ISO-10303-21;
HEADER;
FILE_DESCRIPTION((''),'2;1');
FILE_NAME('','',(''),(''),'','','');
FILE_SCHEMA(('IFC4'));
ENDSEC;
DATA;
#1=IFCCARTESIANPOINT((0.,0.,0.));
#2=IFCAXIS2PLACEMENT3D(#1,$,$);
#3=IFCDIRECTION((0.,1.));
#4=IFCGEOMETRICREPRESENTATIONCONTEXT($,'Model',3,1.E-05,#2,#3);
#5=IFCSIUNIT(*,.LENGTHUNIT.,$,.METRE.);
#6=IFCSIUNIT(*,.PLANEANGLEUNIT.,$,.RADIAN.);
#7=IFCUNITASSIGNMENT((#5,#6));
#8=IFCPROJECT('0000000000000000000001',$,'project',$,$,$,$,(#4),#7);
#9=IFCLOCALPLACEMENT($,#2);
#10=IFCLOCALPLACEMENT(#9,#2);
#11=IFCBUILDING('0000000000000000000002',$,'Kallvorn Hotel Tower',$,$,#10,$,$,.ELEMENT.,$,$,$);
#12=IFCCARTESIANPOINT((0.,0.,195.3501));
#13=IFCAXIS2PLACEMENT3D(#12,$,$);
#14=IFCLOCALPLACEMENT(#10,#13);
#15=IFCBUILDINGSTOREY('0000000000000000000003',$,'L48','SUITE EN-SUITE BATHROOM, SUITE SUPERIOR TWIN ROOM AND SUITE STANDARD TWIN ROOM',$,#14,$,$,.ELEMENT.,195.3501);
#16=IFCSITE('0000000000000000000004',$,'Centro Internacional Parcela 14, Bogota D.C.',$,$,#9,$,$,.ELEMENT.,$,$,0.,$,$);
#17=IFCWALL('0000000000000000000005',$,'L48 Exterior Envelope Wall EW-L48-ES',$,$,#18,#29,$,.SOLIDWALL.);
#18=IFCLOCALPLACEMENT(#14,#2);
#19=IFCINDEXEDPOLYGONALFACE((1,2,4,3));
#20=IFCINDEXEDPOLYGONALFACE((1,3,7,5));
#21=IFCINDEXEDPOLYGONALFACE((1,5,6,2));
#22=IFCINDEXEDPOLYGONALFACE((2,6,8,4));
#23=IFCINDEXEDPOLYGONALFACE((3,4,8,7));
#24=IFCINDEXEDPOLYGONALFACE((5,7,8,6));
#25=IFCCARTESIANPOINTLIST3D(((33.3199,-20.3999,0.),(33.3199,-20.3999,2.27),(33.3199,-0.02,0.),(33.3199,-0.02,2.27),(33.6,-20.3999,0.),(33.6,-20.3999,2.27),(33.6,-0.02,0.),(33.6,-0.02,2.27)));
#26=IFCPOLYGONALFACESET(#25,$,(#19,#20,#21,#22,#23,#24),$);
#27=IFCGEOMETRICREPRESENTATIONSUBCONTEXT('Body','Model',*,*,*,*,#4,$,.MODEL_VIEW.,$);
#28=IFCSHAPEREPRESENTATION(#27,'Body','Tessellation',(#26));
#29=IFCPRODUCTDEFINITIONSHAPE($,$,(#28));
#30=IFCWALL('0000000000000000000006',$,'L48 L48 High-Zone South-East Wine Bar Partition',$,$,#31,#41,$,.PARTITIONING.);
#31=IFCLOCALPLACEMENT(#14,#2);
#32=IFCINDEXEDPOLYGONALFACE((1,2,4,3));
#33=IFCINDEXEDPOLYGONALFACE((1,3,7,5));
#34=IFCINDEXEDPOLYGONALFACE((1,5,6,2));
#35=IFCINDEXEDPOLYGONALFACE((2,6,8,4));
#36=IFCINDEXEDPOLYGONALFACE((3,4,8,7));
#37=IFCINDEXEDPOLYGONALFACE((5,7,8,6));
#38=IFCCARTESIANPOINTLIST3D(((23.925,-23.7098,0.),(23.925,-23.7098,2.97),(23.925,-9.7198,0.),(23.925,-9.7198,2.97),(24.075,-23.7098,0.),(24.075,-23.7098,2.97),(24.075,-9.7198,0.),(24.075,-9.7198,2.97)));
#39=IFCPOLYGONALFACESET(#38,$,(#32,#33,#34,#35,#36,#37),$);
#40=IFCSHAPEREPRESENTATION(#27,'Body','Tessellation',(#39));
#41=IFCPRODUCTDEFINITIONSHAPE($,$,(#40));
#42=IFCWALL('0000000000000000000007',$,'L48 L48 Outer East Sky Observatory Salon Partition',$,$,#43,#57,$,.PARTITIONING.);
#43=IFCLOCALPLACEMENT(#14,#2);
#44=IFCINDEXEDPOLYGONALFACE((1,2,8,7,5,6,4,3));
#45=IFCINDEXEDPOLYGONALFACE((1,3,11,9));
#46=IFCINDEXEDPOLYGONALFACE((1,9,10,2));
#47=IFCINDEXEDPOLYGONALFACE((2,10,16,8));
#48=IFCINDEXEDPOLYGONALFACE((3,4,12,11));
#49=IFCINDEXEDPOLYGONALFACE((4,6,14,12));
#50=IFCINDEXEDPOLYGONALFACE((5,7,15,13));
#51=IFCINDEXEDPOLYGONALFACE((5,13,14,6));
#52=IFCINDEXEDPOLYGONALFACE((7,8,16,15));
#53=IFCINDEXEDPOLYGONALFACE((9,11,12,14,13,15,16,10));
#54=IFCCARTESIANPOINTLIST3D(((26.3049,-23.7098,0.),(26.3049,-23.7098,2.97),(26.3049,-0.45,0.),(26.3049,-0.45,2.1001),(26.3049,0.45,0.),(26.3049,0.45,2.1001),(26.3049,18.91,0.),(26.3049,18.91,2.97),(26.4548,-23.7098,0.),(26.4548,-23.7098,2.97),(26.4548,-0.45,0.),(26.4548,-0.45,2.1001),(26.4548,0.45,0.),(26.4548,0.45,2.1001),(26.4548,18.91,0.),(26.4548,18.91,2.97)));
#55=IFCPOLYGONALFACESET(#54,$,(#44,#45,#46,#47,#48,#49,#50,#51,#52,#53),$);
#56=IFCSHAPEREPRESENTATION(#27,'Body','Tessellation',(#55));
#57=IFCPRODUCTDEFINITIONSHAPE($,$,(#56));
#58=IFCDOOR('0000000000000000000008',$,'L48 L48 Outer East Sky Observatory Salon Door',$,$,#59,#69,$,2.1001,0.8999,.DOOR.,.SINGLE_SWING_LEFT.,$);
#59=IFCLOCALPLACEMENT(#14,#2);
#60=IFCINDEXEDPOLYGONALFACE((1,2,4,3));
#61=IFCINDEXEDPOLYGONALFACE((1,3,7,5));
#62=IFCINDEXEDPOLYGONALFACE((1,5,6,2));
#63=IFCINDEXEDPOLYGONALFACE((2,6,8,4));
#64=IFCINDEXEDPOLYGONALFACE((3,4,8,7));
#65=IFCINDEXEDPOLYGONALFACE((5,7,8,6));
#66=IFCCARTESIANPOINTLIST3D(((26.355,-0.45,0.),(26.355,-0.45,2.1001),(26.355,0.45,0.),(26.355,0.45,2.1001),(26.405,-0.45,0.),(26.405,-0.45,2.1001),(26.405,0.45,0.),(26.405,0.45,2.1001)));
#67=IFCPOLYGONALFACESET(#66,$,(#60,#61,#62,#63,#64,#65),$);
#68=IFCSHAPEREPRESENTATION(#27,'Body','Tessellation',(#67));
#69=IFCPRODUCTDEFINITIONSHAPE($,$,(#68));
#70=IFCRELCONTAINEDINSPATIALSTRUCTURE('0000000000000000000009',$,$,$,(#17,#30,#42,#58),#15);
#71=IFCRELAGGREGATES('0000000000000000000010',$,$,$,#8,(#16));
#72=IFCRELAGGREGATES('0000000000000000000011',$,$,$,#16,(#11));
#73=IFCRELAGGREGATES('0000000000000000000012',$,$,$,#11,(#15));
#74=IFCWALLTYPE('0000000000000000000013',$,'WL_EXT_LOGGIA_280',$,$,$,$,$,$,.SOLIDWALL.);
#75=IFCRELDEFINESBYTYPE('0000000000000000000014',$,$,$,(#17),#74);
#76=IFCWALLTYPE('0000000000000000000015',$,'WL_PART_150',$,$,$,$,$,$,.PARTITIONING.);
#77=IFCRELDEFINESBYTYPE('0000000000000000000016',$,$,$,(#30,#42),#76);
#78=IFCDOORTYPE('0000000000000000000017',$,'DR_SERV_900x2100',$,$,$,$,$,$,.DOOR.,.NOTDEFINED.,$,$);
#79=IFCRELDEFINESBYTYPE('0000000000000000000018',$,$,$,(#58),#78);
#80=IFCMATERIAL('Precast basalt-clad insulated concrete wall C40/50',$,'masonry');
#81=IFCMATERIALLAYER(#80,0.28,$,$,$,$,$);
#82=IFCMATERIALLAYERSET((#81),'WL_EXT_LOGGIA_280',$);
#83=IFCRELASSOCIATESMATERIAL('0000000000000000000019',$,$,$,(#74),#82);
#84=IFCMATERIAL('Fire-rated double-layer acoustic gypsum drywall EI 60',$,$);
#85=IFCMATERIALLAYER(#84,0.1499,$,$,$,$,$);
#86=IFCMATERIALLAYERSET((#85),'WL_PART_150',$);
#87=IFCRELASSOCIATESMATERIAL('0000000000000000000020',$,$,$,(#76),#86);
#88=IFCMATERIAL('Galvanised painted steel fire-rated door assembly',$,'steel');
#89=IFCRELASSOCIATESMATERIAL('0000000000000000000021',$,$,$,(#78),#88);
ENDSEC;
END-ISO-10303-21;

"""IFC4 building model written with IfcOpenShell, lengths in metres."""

from ifc_helpers import new_model, si_unit, direction, frame, frame_2d, origin, place, context, subcontext, project, spatial, rectangle, extrude, material, layer, layer_set, type_object, element, fill, save


model = new_model("IFC4")

# Units and contexts
model_context = context("Model", 3, precision=1e-05, world=origin(), true_north=direction((0.0, 1.0)))
body_context = subcontext(model_context, "Body", "Model", "MODEL_VIEW")
ifc_project = project(units=[si_unit("LENGTHUNIT", "METRE"), si_unit("PLANEANGLEUNIT", "RADIAN")], contexts=[model_context])

# Site, building, storey
site_placement = place(None, origin())
site = spatial("IfcSite", under=ifc_project, at=site_placement, Name="Centro Internacional Parcela 14, Bogota D.C.", CompositionType="ELEMENT", RefElevation=0.0)
building_placement = place(site_placement, origin())
building = spatial("IfcBuilding", under=site, at=building_placement, Name="Kallvorn Hotel Tower", CompositionType="ELEMENT")
storey_placement = place(building_placement, frame((0.0, 0.0, 195.3501)))
storey = spatial("IfcBuildingStorey", under=building, at=storey_placement, Name="L48", Description="SUITE EN-SUITE BATHROOM, SUITE SUPERIOR TWIN ROOM AND SUITE STANDARD TWIN ROOM", CompositionType="ELEMENT", Elevation=195.3501)

# Walls
ifc_material_1 = material(Name="Precast basalt-clad insulated concrete wall C40/50", Category="masonry")
ifc_layer_1 = layer(ifc_material_1, 0.28)
ifc_layer_set_1 = layer_set([ifc_layer_1], Name="WL_EXT_LOGGIA_280")
wall_type_1 = type_object("IfcWallType", Name="WL_EXT_LOGGIA_280", PredefinedType="SOLIDWALL", material=ifc_layer_set_1)
wall_1_placement = place(storey_placement, frame((33.46, -20.3999, 0.0), z_axis=(0.0, 0.0, 1.0), x_axis=(0.0, 1.0, 0.0)))
element("IfcWall", 1, at=wall_1_placement, inside=storey, type_object=wall_type_1, Name="L48 Exterior Envelope Wall EW-L48-ES", PredefinedType="SOLIDWALL", context=body_context, shape_type="SweptSolid", body=[
    extrude(rectangle(XDim=20.3799, YDim=0.28, at=frame_2d((10.1899, 0.0))), origin(), (0.0, 0.0, 1.0), 2.27),
])
ifc_material_2 = material(Name="Fire-rated double-layer acoustic gypsum drywall EI 60")
ifc_layer_2 = layer(ifc_material_2, 0.1499)
ifc_layer_set_2 = layer_set([ifc_layer_2], Name="WL_PART_150")
wall_type_2 = type_object("IfcWallType", Name="WL_PART_150", PredefinedType="PARTITIONING", material=ifc_layer_set_2)
wall_2_placement = place(storey_placement, frame((24.0, -23.71, 0.0), z_axis=(0.0, 0.0, 1.0), x_axis=(0.0, 1.0, 0.0)))
element("IfcWall", 2, at=wall_2_placement, inside=storey, type_object=wall_type_2, Name="L48 L48 High-Zone South-East Wine Bar Partition", PredefinedType="PARTITIONING", context=body_context, shape_type="SweptSolid", body=[
    extrude(rectangle(XDim=13.99, YDim=0.1499, at=frame_2d((6.9951, 0.0))), origin(), (0.0, 0.0, 1.0), 2.97),
])

# Wall, opening, door
wall_3_placement = place(storey_placement, frame((26.3799, -23.71, 0.0), z_axis=(0.0, 0.0, 1.0), x_axis=(0.0, 1.0, 0.0)))
wall_3 = element("IfcWall", 3, at=wall_3_placement, inside=storey, type_object=wall_type_2, Name="L48 L48 Outer East Sky Observatory Salon Partition", PredefinedType="PARTITIONING", context=body_context, shape_type="SweptSolid", body=[
    extrude(rectangle(XDim=42.6199, YDim=0.1499, at=frame_2d((21.3101, 0.0))), origin(), (0.0, 0.0, 1.0), 2.97),
])
opening_placement = place(wall_3_placement, frame((23.26, 0.0, 0.0)))
opening = element("IfcOpeningElement", 4, at=opening_placement, cuts=wall_3, PredefinedType="OPENING", context=body_context, shape_type="SweptSolid", body=[
    extrude(rectangle(XDim=0.8999, YDim=2.1001, at=frame_2d((0.45, 1.05))), frame((0.0, 0.0898, 0.0), z_axis=(0.0, -1.0, 0.0), x_axis=(1.0, 0.0, 0.0)), (0.0, 0.0, 1.0), 0.1799),
])
ifc_material_3 = material(Name="Galvanised painted steel fire-rated door assembly", Category="steel")
door_type = type_object("IfcDoorType", Name="DR_SERV_900x2100", OperationType="NOTDEFINED", PredefinedType="DOOR", material=ifc_material_3)
door_placement = place(opening_placement, origin())
door = element("IfcDoor", 5, at=door_placement, inside=storey, type_object=door_type, Name="L48 L48 Outer East Sky Observatory Salon Door", OperationType="SINGLE_SWING_LEFT", OverallHeight=2.1001, OverallWidth=0.8999, PredefinedType="DOOR", context=body_context, shape_type="SweptSolid", body=[
    extrude(rectangle(XDim=0.8999, YDim=2.1001, at=frame_2d((0.45, 1.05))), frame((0.0, 0.0249, 0.0), z_axis=(0.0, -1.0, 0.0), x_axis=(1.0, 0.0, 0.0)), (0.0, 0.0, 1.0), 0.05),
])
fill(opening, door)

save(model, "model.ifc")
